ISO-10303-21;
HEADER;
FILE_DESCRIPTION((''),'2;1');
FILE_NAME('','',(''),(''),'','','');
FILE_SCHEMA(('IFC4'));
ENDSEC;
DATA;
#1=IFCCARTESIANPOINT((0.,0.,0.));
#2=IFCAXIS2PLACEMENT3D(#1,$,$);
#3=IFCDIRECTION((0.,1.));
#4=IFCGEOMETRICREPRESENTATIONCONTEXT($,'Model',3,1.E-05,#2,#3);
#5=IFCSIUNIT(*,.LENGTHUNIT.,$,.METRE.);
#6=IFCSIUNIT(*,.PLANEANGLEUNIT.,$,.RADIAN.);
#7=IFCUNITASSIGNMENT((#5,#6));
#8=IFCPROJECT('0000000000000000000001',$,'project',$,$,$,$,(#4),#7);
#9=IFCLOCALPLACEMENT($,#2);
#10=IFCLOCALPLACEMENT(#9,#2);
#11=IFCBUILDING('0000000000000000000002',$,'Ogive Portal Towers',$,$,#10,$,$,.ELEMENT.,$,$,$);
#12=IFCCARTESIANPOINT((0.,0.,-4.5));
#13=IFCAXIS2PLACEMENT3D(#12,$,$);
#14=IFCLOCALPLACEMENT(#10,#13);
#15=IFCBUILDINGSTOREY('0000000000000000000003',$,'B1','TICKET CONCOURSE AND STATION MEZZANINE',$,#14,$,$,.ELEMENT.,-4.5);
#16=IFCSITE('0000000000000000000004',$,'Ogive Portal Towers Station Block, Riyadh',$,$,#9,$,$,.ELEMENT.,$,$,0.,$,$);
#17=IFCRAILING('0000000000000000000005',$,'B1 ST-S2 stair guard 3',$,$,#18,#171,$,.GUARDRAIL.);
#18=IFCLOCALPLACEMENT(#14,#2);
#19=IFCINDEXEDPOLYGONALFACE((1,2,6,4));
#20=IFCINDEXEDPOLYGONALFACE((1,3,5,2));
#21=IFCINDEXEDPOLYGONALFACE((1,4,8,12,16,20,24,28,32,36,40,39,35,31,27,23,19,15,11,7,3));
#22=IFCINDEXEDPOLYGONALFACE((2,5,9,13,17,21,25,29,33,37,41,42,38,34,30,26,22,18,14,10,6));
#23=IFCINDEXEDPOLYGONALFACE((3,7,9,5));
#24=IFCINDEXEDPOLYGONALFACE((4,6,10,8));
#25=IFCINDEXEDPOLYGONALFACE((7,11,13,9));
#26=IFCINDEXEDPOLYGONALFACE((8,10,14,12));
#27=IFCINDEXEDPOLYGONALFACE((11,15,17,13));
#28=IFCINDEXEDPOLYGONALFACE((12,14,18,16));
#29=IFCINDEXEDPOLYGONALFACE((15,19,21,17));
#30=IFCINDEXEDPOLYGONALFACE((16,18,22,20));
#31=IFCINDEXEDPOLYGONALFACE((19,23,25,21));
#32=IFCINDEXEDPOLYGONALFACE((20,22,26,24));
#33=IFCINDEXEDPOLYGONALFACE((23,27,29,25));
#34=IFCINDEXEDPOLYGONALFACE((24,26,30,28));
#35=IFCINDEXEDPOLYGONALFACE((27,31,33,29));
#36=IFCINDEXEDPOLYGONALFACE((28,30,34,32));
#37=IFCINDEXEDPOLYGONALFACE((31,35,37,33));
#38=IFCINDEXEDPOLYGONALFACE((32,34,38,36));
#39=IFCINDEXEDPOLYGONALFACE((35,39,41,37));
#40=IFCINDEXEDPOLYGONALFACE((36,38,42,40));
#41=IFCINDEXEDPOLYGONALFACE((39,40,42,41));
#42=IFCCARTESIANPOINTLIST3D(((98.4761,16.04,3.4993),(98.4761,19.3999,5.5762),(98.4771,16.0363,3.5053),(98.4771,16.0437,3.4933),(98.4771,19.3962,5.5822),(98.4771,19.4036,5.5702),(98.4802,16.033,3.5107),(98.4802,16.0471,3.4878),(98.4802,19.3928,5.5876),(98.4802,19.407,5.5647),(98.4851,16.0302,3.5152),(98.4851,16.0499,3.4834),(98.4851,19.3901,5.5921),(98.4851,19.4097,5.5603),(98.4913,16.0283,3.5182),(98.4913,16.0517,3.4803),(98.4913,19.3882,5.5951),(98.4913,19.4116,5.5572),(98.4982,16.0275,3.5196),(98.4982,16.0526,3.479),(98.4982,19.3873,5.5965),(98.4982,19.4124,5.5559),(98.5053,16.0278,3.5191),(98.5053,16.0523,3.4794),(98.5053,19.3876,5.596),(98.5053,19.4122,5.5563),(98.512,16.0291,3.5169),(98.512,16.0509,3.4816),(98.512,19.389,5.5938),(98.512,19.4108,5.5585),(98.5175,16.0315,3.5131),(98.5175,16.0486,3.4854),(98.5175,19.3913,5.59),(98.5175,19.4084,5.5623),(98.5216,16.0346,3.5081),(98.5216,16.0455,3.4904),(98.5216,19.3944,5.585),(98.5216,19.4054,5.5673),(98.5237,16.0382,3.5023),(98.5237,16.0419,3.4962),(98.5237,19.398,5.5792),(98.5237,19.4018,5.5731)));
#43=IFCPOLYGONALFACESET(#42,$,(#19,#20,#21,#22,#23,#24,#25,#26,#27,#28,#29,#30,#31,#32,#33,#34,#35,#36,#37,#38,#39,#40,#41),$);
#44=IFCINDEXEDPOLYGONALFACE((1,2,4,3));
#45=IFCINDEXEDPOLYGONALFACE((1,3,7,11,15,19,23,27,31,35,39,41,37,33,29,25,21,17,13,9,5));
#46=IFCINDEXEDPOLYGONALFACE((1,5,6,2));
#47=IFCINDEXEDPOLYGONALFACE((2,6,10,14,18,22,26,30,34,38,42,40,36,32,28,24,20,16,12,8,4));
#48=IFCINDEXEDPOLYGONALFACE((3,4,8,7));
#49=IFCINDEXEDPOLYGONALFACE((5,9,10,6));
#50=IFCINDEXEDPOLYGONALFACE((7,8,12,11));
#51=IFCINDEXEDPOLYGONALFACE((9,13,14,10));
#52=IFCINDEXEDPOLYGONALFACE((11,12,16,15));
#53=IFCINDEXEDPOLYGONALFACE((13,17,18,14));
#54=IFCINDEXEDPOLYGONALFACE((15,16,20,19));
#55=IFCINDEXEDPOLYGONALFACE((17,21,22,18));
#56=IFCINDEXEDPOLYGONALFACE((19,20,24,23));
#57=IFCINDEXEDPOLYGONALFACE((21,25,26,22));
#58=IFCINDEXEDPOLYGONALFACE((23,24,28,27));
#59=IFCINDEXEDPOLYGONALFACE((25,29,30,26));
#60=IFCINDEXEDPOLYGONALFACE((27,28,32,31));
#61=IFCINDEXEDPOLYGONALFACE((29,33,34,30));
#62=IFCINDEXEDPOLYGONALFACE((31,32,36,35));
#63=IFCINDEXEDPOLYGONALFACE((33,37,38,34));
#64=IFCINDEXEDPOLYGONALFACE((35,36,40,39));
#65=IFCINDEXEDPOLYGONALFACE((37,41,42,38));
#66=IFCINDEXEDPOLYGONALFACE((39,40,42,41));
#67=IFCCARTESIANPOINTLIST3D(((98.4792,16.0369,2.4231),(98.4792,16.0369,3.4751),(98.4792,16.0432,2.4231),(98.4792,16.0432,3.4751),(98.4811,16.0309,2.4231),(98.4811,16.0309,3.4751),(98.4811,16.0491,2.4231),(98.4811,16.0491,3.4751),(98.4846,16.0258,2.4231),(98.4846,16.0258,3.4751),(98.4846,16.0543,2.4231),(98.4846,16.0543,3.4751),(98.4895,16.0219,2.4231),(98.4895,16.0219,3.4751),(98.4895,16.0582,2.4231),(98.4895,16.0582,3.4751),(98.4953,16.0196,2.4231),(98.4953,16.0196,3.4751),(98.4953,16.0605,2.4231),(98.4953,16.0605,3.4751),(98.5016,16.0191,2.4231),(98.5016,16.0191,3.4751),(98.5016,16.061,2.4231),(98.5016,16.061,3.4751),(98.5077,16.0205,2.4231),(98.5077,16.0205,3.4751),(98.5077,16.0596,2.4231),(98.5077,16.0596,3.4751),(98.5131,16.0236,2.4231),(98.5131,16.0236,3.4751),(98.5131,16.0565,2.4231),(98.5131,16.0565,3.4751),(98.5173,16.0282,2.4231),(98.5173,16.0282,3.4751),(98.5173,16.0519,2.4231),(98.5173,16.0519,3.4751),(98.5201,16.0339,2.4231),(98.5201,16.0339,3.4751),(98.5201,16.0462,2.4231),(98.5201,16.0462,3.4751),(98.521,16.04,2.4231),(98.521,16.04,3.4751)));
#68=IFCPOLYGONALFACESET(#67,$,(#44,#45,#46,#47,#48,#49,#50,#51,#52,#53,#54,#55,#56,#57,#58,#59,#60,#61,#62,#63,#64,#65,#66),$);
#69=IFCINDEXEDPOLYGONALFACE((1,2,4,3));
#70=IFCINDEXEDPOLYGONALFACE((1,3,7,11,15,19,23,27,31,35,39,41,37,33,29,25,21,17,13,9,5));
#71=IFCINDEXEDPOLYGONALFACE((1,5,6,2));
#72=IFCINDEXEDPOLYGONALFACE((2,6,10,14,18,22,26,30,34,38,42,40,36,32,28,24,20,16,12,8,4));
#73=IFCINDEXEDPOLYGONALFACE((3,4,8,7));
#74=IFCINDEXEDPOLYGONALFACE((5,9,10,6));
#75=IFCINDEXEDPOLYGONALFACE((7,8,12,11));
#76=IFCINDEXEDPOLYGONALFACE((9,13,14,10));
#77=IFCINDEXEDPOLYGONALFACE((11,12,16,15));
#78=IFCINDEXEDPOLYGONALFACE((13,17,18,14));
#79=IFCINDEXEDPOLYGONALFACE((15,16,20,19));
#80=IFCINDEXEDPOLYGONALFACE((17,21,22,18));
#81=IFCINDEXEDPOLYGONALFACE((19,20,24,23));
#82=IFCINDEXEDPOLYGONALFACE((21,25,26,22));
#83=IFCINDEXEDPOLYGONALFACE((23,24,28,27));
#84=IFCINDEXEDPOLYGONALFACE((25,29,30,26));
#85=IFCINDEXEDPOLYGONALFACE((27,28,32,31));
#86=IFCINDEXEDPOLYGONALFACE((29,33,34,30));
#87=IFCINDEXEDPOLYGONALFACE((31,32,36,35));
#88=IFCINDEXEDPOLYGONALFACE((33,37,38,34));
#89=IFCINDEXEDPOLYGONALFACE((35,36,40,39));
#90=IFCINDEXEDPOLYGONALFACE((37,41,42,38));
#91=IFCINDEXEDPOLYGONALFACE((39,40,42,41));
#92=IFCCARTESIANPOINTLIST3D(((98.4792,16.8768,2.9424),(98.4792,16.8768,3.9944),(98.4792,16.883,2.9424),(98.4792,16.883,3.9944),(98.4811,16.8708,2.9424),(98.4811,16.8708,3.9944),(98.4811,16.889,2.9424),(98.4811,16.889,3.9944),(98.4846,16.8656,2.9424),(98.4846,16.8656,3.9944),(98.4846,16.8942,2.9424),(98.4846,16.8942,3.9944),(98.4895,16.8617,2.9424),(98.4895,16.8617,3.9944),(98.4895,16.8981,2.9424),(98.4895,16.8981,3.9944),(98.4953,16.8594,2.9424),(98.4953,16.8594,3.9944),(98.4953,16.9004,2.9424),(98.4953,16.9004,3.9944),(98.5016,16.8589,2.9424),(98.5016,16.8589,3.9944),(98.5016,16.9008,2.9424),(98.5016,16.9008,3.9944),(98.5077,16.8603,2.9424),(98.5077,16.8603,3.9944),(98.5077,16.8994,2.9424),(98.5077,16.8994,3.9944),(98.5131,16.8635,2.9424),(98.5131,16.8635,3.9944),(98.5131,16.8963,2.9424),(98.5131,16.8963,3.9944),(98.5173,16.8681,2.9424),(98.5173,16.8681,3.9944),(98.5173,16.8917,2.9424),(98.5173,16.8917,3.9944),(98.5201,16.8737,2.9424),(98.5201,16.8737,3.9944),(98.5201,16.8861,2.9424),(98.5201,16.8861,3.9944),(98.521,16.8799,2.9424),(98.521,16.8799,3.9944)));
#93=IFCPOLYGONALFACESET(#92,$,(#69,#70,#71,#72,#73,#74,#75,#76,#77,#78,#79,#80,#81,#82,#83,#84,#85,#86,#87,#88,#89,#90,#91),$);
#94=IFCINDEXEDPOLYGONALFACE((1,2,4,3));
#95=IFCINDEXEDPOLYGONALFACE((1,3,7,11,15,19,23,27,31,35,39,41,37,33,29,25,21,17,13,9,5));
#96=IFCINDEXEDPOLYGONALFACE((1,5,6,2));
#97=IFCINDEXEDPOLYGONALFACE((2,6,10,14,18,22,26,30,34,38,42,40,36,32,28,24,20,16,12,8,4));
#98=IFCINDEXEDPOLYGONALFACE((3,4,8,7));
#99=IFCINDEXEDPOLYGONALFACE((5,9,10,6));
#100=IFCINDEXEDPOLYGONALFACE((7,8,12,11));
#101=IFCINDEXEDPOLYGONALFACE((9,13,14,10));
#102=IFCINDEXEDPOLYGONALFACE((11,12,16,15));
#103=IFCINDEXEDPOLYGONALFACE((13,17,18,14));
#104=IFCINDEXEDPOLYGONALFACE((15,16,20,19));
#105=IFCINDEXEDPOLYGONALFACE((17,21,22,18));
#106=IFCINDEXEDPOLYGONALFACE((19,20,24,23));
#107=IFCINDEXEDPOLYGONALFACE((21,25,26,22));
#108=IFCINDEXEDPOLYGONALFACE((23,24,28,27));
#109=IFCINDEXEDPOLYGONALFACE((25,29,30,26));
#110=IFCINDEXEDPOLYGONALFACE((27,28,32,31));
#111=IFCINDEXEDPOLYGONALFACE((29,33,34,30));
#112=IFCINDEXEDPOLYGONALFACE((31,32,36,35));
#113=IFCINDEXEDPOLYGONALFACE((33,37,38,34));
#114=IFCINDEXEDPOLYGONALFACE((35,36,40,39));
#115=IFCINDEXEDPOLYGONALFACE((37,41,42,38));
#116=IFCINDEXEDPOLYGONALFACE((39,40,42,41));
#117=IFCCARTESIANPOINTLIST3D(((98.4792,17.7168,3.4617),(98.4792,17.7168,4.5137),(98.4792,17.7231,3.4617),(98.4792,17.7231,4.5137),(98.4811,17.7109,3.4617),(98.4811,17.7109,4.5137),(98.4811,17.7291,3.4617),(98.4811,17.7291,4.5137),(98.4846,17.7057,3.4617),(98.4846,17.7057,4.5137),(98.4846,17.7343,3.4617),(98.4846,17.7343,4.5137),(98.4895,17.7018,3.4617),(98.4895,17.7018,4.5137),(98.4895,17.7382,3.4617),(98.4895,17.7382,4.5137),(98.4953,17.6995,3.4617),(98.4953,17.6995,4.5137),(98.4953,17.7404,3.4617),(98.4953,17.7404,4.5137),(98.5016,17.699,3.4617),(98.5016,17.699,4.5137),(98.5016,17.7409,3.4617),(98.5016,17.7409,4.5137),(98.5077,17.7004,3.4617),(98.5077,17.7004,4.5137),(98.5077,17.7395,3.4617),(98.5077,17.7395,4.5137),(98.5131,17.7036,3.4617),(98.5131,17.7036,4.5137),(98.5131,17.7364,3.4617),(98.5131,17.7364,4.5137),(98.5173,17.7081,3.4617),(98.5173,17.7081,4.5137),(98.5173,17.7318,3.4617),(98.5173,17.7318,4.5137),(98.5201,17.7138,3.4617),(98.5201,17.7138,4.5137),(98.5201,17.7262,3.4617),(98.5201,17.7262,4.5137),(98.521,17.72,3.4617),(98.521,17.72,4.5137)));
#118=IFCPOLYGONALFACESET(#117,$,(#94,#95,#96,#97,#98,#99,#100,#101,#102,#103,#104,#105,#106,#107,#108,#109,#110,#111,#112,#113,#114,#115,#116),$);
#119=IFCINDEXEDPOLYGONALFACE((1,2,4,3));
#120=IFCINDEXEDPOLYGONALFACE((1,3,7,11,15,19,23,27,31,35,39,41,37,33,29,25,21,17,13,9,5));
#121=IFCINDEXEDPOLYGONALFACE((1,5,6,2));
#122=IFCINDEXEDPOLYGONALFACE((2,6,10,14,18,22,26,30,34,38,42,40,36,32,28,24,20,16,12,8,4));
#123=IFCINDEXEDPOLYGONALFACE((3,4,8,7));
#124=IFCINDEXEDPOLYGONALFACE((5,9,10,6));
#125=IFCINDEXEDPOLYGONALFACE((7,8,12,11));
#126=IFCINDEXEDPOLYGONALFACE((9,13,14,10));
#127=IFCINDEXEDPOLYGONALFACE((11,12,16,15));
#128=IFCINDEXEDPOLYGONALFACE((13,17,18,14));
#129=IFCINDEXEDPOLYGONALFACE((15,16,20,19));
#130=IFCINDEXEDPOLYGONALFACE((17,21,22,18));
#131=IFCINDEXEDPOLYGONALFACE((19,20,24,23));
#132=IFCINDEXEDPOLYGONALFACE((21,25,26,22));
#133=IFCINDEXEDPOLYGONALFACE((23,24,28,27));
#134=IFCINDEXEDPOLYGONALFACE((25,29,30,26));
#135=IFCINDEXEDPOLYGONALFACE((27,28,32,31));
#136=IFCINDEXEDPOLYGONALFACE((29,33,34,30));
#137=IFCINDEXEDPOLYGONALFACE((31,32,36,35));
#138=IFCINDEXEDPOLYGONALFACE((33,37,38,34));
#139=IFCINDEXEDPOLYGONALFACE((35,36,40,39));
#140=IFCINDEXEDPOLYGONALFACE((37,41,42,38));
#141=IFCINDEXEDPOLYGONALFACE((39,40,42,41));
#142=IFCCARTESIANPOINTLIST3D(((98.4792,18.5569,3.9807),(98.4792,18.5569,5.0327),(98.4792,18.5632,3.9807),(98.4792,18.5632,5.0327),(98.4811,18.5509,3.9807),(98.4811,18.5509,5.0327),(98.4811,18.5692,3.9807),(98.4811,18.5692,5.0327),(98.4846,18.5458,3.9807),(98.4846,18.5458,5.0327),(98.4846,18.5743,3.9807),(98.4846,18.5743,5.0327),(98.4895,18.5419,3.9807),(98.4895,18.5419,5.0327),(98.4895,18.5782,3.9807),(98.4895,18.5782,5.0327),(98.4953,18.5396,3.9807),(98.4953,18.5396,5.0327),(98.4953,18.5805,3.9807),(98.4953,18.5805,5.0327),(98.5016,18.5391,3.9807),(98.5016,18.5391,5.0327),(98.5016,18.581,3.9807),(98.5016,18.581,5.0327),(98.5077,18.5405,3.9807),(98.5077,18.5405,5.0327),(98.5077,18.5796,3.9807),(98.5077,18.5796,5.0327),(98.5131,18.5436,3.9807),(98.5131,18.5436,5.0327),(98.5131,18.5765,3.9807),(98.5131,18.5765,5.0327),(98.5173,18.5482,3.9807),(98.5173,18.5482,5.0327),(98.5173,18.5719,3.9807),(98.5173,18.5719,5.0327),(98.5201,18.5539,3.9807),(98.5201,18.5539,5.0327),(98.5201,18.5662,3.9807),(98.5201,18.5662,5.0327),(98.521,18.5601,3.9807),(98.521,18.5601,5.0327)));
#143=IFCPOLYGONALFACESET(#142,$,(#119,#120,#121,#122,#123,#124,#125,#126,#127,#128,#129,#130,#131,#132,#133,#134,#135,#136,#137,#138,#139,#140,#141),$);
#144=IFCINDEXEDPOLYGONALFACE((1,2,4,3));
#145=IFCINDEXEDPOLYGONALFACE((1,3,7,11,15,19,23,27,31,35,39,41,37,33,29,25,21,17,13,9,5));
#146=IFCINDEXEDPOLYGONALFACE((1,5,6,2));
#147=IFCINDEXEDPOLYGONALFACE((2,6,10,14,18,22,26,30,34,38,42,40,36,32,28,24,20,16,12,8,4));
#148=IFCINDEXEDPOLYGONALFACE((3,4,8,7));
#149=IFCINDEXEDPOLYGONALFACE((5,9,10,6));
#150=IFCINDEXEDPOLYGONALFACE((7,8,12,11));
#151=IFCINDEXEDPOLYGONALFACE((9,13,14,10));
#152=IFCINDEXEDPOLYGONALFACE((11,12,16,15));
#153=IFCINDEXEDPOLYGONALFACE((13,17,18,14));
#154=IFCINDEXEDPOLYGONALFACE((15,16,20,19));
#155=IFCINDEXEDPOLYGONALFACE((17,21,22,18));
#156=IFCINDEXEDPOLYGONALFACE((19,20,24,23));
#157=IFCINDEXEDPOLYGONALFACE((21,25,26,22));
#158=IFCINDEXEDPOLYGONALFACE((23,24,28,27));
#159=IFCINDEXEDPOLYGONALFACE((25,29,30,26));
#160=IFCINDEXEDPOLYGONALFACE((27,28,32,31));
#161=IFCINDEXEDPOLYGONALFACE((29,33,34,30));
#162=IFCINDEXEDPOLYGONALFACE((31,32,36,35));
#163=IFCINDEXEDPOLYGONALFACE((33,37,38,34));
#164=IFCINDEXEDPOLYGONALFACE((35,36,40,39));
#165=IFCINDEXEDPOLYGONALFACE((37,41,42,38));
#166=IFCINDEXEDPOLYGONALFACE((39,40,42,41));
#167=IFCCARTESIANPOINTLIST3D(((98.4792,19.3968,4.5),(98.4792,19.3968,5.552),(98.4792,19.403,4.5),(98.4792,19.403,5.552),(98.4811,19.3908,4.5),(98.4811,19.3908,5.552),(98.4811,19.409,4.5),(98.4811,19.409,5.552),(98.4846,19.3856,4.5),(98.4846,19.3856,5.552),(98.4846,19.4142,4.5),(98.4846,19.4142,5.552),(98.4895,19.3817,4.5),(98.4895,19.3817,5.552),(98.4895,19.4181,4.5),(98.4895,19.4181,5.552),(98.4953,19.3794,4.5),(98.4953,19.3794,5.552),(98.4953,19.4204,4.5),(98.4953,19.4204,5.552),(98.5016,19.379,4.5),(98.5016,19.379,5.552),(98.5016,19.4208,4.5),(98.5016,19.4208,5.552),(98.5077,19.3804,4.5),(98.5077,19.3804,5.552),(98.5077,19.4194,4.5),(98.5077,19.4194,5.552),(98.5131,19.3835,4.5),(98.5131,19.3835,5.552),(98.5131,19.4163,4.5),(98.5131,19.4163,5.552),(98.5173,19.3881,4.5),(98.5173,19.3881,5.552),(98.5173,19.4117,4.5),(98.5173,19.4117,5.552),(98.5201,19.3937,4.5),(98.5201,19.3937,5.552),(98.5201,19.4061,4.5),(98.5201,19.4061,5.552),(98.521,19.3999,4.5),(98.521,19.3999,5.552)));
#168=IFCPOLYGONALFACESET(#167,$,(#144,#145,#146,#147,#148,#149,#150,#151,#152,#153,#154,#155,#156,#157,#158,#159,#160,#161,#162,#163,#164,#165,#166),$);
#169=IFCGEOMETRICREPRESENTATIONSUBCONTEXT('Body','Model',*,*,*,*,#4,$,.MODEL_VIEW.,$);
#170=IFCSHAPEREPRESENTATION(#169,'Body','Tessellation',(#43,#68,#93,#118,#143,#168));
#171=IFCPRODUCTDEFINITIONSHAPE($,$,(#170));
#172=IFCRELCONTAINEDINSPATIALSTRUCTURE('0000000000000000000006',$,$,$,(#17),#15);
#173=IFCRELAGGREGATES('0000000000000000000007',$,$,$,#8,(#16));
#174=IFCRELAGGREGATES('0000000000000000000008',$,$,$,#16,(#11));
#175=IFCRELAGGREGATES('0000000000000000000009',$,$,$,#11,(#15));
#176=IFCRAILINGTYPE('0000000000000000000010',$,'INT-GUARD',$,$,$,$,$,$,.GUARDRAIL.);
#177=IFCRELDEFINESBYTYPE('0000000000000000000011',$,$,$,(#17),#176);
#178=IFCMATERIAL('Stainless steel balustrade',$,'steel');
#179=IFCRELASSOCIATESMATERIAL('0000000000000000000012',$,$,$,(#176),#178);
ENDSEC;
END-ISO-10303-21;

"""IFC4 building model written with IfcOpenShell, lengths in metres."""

from ifc_helpers import new_model, si_unit, direction, frame, origin, origin_2d, place, context, subcontext, project, spatial, circle, extrude, material, type_object, element, save


model = new_model("IFC4")

# Units and contexts
model_context = context("Model", 3, precision=1e-05, world=origin(), true_north=direction((0.0, 1.0)))
body_context = subcontext(model_context, "Body", "Model", "MODEL_VIEW")
ifc_project = project(units=[si_unit("LENGTHUNIT", "METRE"), si_unit("PLANEANGLEUNIT", "RADIAN")], contexts=[model_context])

# Site, building, storey
site_placement = place(None, origin())
site = spatial("IfcSite", under=ifc_project, at=site_placement, Name="Ogive Portal Towers Station Block, Riyadh", CompositionType="ELEMENT", RefElevation=0.0)
building_placement = place(site_placement, origin())
building = spatial("IfcBuilding", under=site, at=building_placement, Name="Ogive Portal Towers", CompositionType="ELEMENT")
storey_placement = place(building_placement, frame((0.0, 0.0, -4.5)))
storey = spatial("IfcBuildingStorey", under=building, at=storey_placement, Name="B1", Description="TICKET CONCOURSE AND STATION MEZZANINE", CompositionType="ELEMENT", Elevation=-4.5)

# Railing
ifc_material_1 = material(Name="Stainless steel balustrade", Category="steel")
railing_type_1 = type_object("IfcRailingType", Name="INT-GUARD", PredefinedType="GUARDRAIL", material=ifc_material_1)
railing_1_placement = place(storey_placement, frame((98.5, 16.04, 2.4231)))
element("IfcRailing", 1, at=railing_1_placement, inside=storey, type_object=railing_type_1, Name="B1 ST-S2 stair guard 3", PredefinedType="GUARDRAIL", context=body_context, shape_type="SweptSolid", body=[
    extrude(circle(Radius=0.0239, at=origin_2d()), frame((0.0, 0.0, 1.0762), z_axis=(0.0, 0.850606, 0.525803), x_axis=(-1.0, 0.0, 0.0)), (0.0, 0.0, 1.0), 3.95),
    extrude(circle(Radius=0.021, at=origin_2d()), origin(), (0.0, 0.0, 1.0), 1.052),
    extrude(circle(Radius=0.021, at=origin_2d()), frame((0.0, 0.8398, 0.5193)), (0.0, 0.0, 1.0), 1.052),
    extrude(circle(Radius=0.021, at=origin_2d()), frame((0.0, 1.6799, 1.0386)), (0.0, 0.0, 1.0), 1.052),
    extrude(circle(Radius=0.021, at=origin_2d()), frame((0.0, 2.52, 1.5576)), (0.0, 0.0, 1.0), 1.052),
    extrude(circle(Radius=0.021, at=origin_2d()), frame((0.0, 3.3599, 2.0769)), (0.0, 0.0, 1.0), 1.052),
])

save(model, "model.ifc")
